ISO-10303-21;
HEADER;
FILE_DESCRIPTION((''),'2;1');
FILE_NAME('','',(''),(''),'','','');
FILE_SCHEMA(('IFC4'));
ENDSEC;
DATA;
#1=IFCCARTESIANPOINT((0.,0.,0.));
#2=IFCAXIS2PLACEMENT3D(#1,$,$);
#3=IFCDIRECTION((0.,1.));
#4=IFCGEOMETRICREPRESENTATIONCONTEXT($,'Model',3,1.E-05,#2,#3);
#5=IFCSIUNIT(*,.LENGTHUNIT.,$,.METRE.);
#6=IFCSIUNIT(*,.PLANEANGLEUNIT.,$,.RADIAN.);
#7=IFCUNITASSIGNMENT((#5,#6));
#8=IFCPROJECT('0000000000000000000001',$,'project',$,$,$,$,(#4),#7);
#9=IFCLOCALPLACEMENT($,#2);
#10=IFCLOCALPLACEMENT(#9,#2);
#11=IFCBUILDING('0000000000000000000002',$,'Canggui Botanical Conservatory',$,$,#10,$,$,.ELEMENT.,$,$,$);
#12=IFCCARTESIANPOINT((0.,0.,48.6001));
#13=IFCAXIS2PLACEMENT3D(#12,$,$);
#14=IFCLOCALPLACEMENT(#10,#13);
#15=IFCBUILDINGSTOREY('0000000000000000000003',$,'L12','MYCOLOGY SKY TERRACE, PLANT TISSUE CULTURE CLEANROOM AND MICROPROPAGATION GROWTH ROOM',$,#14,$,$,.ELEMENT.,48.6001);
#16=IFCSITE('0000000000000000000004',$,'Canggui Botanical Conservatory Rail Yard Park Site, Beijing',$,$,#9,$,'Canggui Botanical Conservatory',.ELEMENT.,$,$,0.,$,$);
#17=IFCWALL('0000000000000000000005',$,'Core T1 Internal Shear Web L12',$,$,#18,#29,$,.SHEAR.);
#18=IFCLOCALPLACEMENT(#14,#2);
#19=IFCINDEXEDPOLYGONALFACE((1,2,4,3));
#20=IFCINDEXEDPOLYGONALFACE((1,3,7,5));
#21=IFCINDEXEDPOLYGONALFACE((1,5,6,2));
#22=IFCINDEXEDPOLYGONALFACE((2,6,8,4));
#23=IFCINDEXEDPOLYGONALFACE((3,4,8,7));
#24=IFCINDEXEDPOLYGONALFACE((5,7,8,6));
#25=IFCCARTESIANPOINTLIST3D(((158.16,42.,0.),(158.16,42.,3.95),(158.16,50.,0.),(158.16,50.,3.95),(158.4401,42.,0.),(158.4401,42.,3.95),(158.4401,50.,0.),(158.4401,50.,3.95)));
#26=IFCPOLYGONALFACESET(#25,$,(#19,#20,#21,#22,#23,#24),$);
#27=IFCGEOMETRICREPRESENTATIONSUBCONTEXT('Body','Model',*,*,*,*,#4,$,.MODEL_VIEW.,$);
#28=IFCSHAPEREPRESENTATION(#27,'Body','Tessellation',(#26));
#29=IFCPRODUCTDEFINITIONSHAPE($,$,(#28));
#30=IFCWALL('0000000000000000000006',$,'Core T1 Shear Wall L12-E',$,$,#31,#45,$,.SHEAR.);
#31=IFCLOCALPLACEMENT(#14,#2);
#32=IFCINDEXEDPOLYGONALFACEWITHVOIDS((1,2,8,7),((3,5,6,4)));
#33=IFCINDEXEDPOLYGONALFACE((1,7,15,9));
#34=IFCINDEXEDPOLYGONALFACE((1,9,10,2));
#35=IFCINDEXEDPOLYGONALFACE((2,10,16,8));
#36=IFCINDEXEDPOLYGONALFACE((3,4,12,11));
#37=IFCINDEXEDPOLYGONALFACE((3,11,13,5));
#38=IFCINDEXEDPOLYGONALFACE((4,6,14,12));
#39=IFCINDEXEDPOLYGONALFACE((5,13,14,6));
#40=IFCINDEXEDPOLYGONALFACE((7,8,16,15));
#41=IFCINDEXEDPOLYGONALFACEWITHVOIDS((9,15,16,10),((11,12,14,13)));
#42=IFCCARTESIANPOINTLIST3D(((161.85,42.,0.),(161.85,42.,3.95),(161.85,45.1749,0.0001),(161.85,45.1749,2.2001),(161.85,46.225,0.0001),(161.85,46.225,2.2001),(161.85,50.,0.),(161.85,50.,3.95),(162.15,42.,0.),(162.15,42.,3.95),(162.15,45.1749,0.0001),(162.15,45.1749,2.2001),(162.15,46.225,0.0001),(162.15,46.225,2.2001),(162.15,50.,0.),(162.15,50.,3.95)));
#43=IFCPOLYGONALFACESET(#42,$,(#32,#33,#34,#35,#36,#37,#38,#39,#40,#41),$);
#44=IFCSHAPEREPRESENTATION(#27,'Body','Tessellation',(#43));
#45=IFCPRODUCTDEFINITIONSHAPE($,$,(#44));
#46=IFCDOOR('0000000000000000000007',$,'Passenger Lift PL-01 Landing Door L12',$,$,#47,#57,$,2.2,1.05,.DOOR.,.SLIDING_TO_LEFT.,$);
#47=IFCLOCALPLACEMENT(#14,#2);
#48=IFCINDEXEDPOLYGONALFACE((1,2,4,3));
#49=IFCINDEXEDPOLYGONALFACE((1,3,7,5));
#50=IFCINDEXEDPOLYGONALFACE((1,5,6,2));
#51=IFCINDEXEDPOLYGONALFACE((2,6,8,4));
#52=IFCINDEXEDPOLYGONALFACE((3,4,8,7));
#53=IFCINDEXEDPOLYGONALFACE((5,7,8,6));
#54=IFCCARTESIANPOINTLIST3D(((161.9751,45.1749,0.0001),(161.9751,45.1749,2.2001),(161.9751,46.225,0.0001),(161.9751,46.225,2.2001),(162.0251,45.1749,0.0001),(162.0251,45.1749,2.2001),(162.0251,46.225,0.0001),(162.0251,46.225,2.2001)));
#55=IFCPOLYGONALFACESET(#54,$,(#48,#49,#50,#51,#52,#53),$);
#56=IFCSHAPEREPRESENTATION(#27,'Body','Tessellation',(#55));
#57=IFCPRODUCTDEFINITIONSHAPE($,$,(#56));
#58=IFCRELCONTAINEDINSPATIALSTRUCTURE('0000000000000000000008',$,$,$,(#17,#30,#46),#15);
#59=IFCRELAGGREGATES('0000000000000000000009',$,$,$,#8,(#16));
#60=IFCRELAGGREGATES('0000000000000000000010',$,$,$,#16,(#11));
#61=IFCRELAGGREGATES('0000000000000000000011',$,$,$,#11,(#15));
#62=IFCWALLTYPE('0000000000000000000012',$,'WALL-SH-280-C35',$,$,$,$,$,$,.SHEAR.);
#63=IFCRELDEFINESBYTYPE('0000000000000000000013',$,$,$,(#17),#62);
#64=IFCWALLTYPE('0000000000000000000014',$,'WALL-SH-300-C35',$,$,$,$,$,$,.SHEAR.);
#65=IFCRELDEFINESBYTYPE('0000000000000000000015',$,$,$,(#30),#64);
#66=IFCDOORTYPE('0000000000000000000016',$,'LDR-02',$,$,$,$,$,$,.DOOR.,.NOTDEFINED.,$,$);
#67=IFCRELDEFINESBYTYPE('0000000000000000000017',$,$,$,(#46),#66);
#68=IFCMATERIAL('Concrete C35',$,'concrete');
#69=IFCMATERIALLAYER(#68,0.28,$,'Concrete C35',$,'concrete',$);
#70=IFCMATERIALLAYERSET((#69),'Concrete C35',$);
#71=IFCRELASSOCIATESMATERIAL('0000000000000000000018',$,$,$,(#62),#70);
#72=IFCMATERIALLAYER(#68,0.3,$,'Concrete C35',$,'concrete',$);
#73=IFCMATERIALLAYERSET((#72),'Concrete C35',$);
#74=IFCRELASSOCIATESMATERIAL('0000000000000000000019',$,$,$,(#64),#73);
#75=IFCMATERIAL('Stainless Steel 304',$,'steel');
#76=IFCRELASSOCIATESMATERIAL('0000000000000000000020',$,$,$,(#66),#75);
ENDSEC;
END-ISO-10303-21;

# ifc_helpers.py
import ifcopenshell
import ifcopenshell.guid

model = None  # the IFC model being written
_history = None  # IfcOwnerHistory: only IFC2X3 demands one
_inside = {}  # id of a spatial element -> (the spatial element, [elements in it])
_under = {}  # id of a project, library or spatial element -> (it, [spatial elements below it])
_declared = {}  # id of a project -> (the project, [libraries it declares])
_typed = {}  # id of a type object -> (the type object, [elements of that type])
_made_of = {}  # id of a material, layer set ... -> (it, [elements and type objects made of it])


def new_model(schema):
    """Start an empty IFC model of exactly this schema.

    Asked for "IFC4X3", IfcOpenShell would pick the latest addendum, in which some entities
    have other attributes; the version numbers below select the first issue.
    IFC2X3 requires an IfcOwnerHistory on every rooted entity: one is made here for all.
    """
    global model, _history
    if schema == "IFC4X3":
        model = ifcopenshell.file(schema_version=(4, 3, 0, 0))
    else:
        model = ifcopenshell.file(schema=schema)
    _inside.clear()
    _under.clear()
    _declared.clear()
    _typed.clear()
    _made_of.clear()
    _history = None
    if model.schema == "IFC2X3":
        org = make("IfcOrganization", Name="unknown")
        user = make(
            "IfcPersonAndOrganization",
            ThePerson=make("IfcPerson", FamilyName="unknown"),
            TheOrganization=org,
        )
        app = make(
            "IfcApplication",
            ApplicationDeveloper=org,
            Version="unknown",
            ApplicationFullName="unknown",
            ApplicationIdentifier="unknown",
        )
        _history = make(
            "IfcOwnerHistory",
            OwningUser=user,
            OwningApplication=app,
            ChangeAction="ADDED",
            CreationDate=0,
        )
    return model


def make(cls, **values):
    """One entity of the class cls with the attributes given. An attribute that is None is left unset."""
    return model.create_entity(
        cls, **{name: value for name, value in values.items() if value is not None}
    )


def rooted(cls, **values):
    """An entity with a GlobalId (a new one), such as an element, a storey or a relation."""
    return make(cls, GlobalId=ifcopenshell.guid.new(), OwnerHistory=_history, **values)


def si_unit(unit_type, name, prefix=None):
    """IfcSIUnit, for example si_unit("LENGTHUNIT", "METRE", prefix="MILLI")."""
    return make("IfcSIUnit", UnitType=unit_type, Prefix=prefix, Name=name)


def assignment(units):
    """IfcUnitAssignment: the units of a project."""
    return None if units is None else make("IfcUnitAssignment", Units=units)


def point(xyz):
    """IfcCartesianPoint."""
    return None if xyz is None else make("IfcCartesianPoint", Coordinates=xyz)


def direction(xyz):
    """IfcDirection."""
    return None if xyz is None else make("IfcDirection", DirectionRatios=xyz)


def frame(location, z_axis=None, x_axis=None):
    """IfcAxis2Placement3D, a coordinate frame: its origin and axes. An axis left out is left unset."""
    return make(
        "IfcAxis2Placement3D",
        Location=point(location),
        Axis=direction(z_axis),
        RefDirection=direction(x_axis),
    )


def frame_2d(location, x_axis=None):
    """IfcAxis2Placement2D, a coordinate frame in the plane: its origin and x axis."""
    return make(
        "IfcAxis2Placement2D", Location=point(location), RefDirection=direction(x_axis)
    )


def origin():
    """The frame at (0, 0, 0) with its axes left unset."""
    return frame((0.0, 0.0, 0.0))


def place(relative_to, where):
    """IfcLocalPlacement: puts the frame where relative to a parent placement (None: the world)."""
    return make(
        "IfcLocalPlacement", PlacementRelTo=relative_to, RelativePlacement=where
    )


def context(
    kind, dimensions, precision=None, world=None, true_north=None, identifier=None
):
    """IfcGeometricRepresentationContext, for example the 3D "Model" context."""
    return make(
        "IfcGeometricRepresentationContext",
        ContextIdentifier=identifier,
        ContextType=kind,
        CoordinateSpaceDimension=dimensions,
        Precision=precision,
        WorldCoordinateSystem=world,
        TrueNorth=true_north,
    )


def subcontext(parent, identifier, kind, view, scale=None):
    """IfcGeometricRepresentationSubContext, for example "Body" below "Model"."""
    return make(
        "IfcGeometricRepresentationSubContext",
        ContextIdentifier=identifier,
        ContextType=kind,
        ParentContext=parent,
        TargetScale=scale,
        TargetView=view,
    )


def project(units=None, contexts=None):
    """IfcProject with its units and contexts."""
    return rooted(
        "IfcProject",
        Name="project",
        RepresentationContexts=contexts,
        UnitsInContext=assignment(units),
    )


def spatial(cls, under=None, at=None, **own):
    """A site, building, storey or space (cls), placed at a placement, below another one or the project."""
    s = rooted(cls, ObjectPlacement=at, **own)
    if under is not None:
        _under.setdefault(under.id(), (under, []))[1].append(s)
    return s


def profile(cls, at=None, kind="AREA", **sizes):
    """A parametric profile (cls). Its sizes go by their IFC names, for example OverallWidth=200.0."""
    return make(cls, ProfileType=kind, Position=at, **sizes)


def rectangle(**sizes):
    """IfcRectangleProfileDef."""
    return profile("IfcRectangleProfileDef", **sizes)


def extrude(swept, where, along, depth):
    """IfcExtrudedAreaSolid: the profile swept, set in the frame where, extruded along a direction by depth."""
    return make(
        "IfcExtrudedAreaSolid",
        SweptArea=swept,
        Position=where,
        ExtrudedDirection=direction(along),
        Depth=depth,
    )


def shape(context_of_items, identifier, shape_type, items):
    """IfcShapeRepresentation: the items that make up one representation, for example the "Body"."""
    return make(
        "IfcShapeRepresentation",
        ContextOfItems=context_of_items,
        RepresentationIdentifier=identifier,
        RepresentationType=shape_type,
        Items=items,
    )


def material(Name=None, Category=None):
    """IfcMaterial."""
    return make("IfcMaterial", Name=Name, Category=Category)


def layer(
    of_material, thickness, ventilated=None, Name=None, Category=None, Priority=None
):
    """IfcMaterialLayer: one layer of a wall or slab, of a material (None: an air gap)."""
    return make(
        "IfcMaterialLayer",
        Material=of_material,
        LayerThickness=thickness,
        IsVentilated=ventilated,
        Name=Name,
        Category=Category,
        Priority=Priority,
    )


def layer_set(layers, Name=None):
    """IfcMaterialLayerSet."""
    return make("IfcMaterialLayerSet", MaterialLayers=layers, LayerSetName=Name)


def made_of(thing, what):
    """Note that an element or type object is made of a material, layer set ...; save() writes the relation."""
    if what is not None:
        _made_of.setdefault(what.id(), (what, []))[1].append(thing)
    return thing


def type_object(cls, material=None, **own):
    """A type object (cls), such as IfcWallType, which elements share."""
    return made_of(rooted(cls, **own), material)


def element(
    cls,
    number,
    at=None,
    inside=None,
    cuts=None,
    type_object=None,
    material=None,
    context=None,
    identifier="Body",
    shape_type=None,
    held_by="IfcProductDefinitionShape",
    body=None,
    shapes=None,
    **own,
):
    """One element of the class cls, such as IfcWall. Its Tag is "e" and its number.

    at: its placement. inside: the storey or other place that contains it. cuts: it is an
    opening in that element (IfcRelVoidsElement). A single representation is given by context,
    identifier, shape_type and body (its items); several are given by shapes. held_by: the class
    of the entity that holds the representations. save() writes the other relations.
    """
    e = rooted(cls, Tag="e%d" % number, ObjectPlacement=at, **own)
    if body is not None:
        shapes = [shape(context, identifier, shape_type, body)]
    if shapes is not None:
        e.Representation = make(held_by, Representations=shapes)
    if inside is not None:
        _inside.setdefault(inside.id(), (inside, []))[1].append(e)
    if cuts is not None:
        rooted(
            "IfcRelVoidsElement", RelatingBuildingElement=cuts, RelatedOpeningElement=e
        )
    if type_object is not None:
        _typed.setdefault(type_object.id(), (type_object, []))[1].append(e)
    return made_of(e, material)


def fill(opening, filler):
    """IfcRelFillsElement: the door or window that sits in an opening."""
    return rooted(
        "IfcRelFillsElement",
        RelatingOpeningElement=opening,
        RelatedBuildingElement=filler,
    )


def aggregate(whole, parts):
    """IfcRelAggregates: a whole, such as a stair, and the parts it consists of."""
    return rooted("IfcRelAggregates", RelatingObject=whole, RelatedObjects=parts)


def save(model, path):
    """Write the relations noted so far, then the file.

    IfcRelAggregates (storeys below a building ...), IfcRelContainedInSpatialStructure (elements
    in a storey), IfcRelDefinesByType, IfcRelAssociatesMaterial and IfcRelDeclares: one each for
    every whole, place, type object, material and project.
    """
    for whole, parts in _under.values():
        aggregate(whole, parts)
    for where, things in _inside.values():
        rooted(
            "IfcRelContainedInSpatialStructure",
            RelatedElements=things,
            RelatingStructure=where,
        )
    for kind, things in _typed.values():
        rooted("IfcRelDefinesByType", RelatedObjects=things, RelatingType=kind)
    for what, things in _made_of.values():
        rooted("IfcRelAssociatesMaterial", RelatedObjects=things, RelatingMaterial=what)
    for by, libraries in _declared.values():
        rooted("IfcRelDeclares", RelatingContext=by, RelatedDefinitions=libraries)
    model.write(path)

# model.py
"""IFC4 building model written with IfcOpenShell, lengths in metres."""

from ifc_helpers import new_model, si_unit, direction, frame, frame_2d, origin, place, context, subcontext, project, spatial, rectangle, extrude, material, layer, layer_set, type_object, element, fill, save


model = new_model("IFC4")

# Units and contexts
model_context = context("Model", 3, precision=1e-05, world=origin(), true_north=direction((0.0, 1.0)))
body_context = subcontext(model_context, "Body", "Model", "MODEL_VIEW")
ifc_project = project(units=[si_unit("LENGTHUNIT", "METRE"), si_unit("PLANEANGLEUNIT", "RADIAN")], contexts=[model_context])

# Site, building, storey
site_placement = place(None, origin())
site = spatial("IfcSite", under=ifc_project, at=site_placement, Name="Canggui Botanical Conservatory Rail Yard Park Site, Beijing", LongName="Canggui Botanical Conservatory", CompositionType="ELEMENT", RefElevation=0.0)
building_placement = place(site_placement, origin())
building = spatial("IfcBuilding", under=site, at=building_placement, Name="Canggui Botanical Conservatory", CompositionType="ELEMENT")
storey_placement = place(building_placement, frame((0.0, 0.0, 48.6001)))
storey = spatial("IfcBuildingStorey", under=building, at=storey_placement, Name="L12", Description="MYCOLOGY SKY TERRACE, PLANT TISSUE CULTURE CLEANROOM AND MICROPROPAGATION GROWTH ROOM", CompositionType="ELEMENT", Elevation=48.6001)

# Shared definitions
ifc_material_1 = material(Name="Concrete C35", Category="concrete")

# Wall
ifc_layer_1 = layer(ifc_material_1, 0.28, Name="Concrete C35", Category="concrete")
ifc_layer_set_1 = layer_set([ifc_layer_1], Name="Concrete C35")
wall_type_1 = type_object("IfcWallType", Name="WALL-SH-280-C35", PredefinedType="SHEAR", material=ifc_layer_set_1)
wall_1_placement = place(storey_placement, frame((158.3, 42.0, 0.0), z_axis=(0.0, 0.0, 1.0), x_axis=(0.0, 1.0, 0.0)))
element("IfcWall", 1, at=wall_1_placement, inside=storey, type_object=wall_type_1, Name="Core T1 Internal Shear Web L12", PredefinedType="SHEAR", context=body_context, shape_type="SweptSolid", body=[
    extrude(rectangle(XDim=8.0, YDim=0.28, at=frame_2d((4.0, 0.0))), origin(), (0.0, 0.0, 1.0), 3.95),
])

# Wall, opening, door
ifc_layer_2 = layer(ifc_material_1, 0.3, Name="Concrete C35", Category="concrete")
ifc_layer_set_2 = layer_set([ifc_layer_2], Name="Concrete C35")
wall_type_2 = type_object("IfcWallType", Name="WALL-SH-300-C35", PredefinedType="SHEAR", material=ifc_layer_set_2)
wall_2_placement = place(storey_placement, frame((162.0, 42.0, 0.0), z_axis=(0.0, 0.0, 1.0), x_axis=(0.0, 1.0, 0.0)))
wall_2 = element("IfcWall", 2, at=wall_2_placement, inside=storey, type_object=wall_type_2, Name="Core T1 Shear Wall L12-E", PredefinedType="SHEAR", context=body_context, shape_type="SweptSolid", body=[
    extrude(rectangle(XDim=8.0, YDim=0.3, at=frame_2d((4.0, 0.0))), origin(), (0.0, 0.0, 1.0), 3.95),
])
opening_1_placement = place(wall_2_placement, frame((3.175, 0.0, 0.0)))
opening_1 = element("IfcOpeningElement", 3, at=opening_1_placement, cuts=wall_2, PredefinedType="OPENING", context=body_context, shape_type="SweptSolid", body=[
    extrude(rectangle(XDim=1.05, YDim=2.2, at=frame_2d((0.5249, 1.1001))), frame((0.0, 0.1602, 0.0), z_axis=(0.0, -1.0, 0.0), x_axis=(1.0, 0.0, 0.0)), (0.0, 0.0, 1.0), 0.3201),
])
ifc_material_2 = material(Name="Stainless Steel 304", Category="steel")
door_type_1 = type_object("IfcDoorType", Name="LDR-02", OperationType="NOTDEFINED", PredefinedType="DOOR", material=ifc_material_2)
door_1_placement = place(opening_1_placement, origin())
door_1 = element("IfcDoor", 4, at=door_1_placement, inside=storey, type_object=door_type_1, Name="Passenger Lift PL-01 Landing Door L12", OperationType="SLIDING_TO_LEFT", OverallHeight=2.2, OverallWidth=1.05, PredefinedType="DOOR", context=body_context, shape_type="SweptSolid", body=[
    extrude(rectangle(XDim=1.05, YDim=2.2, at=frame_2d((0.5249, 1.1001))), frame((0.0, 0.0249, 0.0), z_axis=(0.0, -1.0, 0.0), x_axis=(1.0, 0.0, 0.0)), (0.0, 0.0, 1.0), 0.05),
])
fill(opening_1, door_1)

save(model, "model.ifc")
